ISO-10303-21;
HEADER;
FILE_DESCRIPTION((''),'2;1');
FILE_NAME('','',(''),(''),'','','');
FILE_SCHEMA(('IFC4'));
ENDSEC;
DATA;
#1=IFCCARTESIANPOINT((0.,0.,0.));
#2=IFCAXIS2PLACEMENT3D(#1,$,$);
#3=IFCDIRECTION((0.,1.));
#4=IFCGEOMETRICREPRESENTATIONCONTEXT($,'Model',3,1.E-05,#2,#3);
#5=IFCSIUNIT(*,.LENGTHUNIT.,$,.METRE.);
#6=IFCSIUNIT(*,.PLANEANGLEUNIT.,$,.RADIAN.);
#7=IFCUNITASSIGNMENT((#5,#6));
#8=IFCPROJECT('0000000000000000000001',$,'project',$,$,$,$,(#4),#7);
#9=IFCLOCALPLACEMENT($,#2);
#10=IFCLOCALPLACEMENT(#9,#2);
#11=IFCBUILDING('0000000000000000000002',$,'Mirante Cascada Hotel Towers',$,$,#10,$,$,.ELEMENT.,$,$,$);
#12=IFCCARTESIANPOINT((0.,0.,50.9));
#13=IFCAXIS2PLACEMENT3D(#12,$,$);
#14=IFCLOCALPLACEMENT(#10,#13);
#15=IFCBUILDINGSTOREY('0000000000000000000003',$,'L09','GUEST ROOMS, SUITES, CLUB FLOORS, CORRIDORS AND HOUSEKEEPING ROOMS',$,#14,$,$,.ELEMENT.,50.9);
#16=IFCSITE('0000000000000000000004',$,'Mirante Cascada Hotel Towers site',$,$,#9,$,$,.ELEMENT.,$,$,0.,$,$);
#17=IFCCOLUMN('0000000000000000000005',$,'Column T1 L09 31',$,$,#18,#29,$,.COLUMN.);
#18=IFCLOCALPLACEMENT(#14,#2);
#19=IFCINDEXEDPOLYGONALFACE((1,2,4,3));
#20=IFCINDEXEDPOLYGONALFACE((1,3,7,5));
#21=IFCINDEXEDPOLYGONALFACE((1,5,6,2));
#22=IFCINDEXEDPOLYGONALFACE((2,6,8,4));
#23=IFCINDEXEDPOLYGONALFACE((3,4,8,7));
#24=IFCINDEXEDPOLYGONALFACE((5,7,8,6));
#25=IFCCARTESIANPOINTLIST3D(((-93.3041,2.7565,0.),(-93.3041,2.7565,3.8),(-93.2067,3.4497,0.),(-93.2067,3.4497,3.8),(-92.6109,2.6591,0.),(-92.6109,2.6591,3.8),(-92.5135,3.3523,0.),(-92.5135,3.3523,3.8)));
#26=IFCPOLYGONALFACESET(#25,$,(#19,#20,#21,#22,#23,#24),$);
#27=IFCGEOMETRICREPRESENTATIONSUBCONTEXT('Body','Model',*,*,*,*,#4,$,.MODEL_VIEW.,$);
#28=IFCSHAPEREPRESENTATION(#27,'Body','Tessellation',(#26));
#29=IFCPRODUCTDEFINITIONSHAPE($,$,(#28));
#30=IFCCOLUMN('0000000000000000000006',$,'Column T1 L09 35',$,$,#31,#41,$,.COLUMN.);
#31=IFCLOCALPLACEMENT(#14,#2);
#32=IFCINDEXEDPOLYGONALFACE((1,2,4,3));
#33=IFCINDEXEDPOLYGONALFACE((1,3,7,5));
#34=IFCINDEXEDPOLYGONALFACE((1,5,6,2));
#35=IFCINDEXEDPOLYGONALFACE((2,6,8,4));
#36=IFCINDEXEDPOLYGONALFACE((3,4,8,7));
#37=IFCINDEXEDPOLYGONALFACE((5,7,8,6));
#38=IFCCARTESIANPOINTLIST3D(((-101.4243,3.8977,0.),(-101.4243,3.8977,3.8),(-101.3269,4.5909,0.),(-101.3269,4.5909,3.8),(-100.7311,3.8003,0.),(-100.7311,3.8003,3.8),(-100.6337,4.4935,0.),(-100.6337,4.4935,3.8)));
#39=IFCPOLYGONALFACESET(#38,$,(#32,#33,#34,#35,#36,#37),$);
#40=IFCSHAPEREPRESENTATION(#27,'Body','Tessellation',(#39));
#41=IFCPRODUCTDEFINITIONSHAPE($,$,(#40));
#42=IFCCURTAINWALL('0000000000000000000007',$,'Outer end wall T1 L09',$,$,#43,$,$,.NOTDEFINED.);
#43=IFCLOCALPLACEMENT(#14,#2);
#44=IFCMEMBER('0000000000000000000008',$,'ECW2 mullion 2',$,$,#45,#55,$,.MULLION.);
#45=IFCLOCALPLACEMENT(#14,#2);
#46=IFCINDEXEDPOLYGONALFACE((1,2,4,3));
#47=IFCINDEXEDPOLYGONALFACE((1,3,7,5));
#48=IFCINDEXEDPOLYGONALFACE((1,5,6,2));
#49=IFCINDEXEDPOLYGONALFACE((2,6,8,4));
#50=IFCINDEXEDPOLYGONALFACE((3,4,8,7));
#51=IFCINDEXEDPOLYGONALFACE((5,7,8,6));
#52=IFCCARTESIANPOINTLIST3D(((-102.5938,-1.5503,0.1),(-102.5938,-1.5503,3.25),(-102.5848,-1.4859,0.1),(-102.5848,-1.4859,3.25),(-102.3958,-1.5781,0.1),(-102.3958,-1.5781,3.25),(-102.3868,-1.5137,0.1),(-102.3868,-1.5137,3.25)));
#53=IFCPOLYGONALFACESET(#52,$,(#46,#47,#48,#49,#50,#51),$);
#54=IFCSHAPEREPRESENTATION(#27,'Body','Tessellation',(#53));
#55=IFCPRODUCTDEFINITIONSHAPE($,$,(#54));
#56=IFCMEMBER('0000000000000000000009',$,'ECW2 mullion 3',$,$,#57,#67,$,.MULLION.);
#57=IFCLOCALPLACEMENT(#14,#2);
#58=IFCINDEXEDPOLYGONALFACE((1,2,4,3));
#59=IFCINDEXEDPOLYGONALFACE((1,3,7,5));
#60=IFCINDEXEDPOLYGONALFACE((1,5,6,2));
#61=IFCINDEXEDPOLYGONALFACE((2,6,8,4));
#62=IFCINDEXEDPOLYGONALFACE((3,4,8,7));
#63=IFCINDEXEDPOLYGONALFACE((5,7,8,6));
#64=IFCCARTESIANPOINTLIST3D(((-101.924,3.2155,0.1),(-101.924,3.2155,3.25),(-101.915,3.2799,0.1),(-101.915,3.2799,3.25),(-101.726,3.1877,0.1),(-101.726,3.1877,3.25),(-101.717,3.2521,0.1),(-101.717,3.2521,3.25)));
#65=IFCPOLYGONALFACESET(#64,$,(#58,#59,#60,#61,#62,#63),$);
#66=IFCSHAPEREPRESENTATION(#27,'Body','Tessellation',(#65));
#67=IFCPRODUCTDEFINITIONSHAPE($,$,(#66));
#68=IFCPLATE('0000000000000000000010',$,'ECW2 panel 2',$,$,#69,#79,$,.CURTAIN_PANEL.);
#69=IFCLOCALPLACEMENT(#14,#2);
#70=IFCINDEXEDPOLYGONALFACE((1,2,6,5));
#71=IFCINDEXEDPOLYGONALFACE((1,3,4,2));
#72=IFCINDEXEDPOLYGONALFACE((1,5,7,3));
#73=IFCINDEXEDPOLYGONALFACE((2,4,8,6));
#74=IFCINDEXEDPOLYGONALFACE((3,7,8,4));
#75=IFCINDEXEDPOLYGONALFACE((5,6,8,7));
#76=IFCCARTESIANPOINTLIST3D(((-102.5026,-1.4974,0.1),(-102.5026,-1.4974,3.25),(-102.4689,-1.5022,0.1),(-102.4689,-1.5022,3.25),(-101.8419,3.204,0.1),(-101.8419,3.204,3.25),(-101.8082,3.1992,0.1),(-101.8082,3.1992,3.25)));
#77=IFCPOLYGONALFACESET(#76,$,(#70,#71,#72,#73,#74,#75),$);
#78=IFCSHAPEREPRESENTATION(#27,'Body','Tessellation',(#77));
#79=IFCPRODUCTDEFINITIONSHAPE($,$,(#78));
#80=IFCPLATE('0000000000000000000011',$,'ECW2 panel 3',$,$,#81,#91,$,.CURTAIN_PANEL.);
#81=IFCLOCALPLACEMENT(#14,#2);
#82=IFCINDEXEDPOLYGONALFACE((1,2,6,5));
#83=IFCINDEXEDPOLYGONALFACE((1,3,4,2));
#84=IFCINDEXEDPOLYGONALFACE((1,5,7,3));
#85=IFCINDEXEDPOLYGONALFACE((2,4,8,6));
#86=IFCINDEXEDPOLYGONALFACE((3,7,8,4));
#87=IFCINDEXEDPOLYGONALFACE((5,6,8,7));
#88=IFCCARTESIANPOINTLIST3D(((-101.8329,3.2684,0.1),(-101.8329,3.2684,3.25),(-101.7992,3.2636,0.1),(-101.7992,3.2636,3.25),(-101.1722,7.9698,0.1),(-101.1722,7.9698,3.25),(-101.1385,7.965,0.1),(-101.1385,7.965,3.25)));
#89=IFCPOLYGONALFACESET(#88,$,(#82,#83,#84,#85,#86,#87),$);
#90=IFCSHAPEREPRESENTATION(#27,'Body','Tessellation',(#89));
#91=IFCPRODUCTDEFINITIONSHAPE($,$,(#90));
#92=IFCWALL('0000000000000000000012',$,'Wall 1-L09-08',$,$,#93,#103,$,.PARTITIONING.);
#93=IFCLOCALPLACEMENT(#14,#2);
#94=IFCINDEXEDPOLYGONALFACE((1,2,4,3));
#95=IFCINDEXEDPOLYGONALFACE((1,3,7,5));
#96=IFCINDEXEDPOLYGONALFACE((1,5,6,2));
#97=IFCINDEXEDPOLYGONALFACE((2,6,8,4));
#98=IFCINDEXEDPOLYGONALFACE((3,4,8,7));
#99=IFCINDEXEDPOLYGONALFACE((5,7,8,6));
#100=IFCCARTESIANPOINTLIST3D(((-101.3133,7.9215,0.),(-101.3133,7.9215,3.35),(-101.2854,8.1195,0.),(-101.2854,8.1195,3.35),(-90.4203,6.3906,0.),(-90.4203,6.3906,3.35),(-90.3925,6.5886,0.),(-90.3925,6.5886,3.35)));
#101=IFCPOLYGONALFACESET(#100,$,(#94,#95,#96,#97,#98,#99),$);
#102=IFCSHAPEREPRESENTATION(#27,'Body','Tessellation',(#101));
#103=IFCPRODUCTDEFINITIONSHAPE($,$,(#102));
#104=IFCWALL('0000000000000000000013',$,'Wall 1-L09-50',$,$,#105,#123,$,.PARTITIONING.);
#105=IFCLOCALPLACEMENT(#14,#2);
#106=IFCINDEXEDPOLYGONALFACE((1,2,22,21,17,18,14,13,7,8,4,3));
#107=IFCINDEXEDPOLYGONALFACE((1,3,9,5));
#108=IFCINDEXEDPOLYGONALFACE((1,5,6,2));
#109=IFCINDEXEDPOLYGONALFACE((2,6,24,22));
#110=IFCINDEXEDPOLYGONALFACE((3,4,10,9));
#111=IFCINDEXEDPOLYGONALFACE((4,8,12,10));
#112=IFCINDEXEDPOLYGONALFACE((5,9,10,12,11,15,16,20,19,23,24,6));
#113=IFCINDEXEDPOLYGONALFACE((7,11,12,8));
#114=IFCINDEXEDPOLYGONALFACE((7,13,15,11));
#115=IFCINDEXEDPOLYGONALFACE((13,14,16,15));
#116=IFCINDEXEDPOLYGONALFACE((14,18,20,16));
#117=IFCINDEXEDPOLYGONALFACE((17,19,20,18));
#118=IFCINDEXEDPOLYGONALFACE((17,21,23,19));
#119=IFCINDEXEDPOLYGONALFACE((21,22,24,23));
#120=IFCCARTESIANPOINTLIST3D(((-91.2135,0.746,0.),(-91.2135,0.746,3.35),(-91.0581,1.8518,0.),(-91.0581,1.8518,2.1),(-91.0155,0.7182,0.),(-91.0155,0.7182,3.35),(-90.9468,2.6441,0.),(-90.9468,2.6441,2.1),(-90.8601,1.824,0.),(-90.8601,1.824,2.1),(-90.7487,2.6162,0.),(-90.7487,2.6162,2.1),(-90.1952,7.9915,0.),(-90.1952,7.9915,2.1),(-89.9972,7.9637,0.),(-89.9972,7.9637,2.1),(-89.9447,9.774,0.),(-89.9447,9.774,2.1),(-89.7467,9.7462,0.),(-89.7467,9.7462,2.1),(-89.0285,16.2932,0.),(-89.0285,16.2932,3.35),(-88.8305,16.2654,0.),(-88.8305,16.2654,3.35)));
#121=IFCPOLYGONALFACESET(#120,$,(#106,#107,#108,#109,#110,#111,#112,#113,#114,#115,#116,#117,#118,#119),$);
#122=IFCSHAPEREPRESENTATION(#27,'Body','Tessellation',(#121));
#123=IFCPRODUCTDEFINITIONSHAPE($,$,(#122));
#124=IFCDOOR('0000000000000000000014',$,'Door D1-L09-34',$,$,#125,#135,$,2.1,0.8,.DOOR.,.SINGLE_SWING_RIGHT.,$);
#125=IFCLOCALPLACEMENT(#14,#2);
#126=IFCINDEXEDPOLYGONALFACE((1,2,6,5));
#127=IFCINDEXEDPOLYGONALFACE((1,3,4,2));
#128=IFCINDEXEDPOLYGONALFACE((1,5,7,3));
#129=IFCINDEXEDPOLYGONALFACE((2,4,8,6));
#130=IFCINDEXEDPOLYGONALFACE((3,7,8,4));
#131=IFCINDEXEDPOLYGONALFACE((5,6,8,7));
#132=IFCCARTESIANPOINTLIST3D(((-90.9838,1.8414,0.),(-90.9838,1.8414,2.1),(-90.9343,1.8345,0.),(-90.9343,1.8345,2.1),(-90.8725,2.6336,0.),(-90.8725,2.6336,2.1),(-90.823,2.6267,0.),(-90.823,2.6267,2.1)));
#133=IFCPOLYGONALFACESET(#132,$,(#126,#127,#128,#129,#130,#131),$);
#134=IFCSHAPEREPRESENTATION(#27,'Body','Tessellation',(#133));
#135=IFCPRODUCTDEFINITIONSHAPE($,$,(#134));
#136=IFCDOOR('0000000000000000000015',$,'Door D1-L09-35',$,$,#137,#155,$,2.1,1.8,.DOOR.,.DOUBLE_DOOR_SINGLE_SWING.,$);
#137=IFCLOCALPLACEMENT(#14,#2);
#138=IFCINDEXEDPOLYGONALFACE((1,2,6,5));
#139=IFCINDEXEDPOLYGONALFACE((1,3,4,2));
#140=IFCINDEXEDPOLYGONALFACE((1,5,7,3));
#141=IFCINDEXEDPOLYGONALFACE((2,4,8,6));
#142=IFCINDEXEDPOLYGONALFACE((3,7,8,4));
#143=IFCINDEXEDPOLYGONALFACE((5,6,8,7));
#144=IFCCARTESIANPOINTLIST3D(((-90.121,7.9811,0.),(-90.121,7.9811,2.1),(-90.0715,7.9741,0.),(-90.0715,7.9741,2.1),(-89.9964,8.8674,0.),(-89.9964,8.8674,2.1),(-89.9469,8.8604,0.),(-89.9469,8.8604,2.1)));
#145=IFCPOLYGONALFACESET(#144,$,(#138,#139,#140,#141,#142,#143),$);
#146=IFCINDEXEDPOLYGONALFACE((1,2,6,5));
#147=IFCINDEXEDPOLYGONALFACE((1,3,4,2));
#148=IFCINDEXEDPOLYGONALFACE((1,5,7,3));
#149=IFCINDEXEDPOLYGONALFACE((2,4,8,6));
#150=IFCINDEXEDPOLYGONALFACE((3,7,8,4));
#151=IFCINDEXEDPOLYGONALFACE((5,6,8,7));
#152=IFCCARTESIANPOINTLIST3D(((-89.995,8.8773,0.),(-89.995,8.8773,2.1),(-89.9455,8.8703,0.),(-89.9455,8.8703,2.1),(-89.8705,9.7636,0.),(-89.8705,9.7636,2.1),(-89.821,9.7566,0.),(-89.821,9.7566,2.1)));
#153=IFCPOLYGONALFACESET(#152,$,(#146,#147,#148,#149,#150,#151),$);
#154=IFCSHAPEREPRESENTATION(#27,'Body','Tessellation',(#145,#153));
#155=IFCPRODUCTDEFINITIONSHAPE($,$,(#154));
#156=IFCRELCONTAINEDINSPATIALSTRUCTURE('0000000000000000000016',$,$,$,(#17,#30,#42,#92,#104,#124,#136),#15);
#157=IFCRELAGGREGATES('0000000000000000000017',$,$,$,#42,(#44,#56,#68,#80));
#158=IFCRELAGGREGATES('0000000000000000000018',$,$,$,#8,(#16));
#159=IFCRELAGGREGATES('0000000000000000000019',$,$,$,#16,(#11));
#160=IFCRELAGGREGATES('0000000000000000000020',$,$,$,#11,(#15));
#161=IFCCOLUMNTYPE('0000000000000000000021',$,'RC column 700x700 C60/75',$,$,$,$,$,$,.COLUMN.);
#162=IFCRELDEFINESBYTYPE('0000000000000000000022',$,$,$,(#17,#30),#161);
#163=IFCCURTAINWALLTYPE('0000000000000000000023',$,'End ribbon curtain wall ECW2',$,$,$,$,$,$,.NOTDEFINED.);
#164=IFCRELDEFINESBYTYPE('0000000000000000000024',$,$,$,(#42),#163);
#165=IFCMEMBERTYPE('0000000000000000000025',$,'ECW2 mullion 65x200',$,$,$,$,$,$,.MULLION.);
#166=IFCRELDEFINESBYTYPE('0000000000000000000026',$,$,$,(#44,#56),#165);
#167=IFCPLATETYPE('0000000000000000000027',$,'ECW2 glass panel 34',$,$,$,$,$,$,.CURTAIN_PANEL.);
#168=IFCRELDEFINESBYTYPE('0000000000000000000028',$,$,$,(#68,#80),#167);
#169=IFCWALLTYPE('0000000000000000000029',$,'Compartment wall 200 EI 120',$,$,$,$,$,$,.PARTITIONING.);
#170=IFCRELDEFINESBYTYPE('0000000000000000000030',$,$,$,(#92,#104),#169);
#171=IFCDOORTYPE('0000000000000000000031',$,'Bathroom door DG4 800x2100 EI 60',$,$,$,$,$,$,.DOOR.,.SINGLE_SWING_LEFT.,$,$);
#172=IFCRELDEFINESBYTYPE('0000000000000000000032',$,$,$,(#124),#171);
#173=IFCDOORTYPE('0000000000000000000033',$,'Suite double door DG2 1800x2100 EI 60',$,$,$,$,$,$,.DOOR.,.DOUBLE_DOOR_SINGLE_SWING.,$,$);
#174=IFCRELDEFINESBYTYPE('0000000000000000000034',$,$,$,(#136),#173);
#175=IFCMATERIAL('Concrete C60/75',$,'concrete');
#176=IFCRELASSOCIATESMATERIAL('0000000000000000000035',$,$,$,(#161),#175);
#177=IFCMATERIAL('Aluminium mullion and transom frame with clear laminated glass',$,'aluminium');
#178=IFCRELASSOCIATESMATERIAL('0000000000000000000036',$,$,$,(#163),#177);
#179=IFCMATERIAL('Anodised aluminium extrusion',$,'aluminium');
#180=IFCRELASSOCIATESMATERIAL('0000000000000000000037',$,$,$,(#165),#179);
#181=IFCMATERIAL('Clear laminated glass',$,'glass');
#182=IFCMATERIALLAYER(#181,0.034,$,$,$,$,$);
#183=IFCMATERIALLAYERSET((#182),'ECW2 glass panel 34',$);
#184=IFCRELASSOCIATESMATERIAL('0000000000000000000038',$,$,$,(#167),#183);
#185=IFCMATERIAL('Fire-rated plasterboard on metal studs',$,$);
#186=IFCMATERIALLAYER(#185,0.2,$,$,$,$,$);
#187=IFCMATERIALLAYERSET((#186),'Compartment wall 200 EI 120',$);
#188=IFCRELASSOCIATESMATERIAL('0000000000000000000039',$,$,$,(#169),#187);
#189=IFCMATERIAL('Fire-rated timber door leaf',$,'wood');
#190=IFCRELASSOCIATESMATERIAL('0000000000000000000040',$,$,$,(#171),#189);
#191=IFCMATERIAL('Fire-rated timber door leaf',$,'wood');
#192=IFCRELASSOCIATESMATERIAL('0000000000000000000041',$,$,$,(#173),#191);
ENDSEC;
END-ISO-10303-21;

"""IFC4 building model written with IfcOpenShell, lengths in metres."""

from ifc_helpers import new_model, si_unit, direction, frame, frame_2d, origin, origin_2d, place, context, subcontext, project, spatial, rectangle, extrude, material, layer, layer_set, material_profile, profile_set, type_object, element, fill, aggregate, save


model = new_model("IFC4")

# Units and contexts
model_context = context("Model", 3, precision=1e-05, world=origin(), true_north=direction((0.0, 1.0)))
body_context = subcontext(model_context, "Body", "Model", "MODEL_VIEW")
ifc_project = project(units=[si_unit("LENGTHUNIT", "METRE"), si_unit("PLANEANGLEUNIT", "RADIAN")], contexts=[model_context])

# Site, building, storey
site_placement = place(None, origin())
site = spatial("IfcSite", under=ifc_project, at=site_placement, Name="Mirante Cascada Hotel Towers site", CompositionType="ELEMENT", RefElevation=0.0)
building_placement = place(site_placement, origin())
building = spatial("IfcBuilding", under=site, at=building_placement, Name="Mirante Cascada Hotel Towers", CompositionType="ELEMENT")
storey_placement = place(building_placement, frame((0.0, 0.0, 50.9)))
storey = spatial("IfcBuildingStorey", under=building, at=storey_placement, Name="L09", Description="GUEST ROOMS, SUITES, CLUB FLOORS, CORRIDORS AND HOUSEKEEPING ROOMS", CompositionType="ELEMENT", Elevation=50.9)

# Columns
ifc_material_1 = material(Name="Concrete C60/75", Category="concrete")
ifc_material_profile_1 = material_profile(ifc_material_1, rectangle(XDim=0.7, YDim=0.7, at=origin_2d()), Name="RC column 700x700 C60/75")
ifc_profile_set_1 = profile_set([ifc_material_profile_1], Name="Concrete C60/75")
column_type = type_object("IfcColumnType", Name="RC column 700x700 C60/75", PredefinedType="COLUMN", material=ifc_profile_set_1)
for number, where, z_axis, x_axis, name in (
    (1, (-92.9088, 3.0544, 0.0), (0.0, 0.0, 1.0), (-0.990268, 0.139173, 0.0), "Column T1 L09 31"),
    (2, (-101.029, 4.1956, 0.0), (0.0, 0.0, 1.0), (-0.990268, 0.139173, 0.0), "Column T1 L09 35"),
):
    element("IfcColumn", number, at=place(storey_placement, frame(where, z_axis=z_axis, x_axis=x_axis)), inside=storey, type_object=column_type, Name=name, PredefinedType="COLUMN", context=body_context, shape_type="SweptSolid", body=[
        extrude(rectangle(XDim=0.7, YDim=0.7, at=origin_2d()), origin(), (0.0, 0.0, 1.0), 3.8),
    ])

# Curtain wall, members, plates
ifc_material_2 = material(Name="Aluminium mullion and transom frame with clear laminated glass", Category="aluminium")
curtain_wall_type = type_object("IfcCurtainWallType", Name="End ribbon curtain wall ECW2", PredefinedType="NOTDEFINED", material=ifc_material_2)
curtain_wall_placement = place(storey_placement, origin())
curtain_wall = element("IfcCurtainWall", 3, at=curtain_wall_placement, inside=storey, type_object=curtain_wall_type, Name="Outer end wall T1 L09", PredefinedType="NOTDEFINED")
ifc_material_3 = material(Name="Anodised aluminium extrusion", Category="aluminium")
ifc_material_profile_2 = material_profile(ifc_material_3, rectangle(XDim=0.2, YDim=0.065, at=origin_2d()), Name="ECW2 MULLION 65x200")
ifc_profile_set_2 = profile_set([ifc_material_profile_2], Name="Anodised aluminium extrusion")
member_type = type_object("IfcMemberType", Name="ECW2 mullion 65x200", PredefinedType="MULLION", material=ifc_profile_set_2)
member_1_placement = place(storey_placement, frame((-102.4903, -1.532, 0.1), z_axis=(0.0, 0.0, 1.0), x_axis=(-0.990268, 0.139173, 0.0)))
member_1 = element("IfcMember", 4, at=member_1_placement, type_object=member_type, Name="ECW2 mullion 2", PredefinedType="MULLION", context=body_context, shape_type="SweptSolid", body=[
    extrude(rectangle(XDim=0.2, YDim=0.065, at=origin_2d()), origin(), (0.0, 0.0, 1.0), 3.15),
])
member_2_placement = place(storey_placement, frame((-101.8205, 3.2338, 0.1), z_axis=(0.0, 0.0, 1.0), x_axis=(-0.990268, 0.139173, 0.0)))
member_2 = element("IfcMember", 5, at=member_2_placement, type_object=member_type, Name="ECW2 mullion 3", PredefinedType="MULLION", context=body_context, shape_type="SweptSolid", body=[
    extrude(rectangle(XDim=0.2, YDim=0.065, at=origin_2d()), origin(), (0.0, 0.0, 1.0), 3.15),
])
ifc_material_4 = material(Name="Clear laminated glass", Category="glass")
ifc_layer_1 = layer(ifc_material_4, 0.034)
ifc_layer_set_1 = layer_set([ifc_layer_1], Name="ECW2 glass panel 34")
plate_type = type_object("IfcPlateType", Name="ECW2 glass panel 34", PredefinedType="CURTAIN_PANEL", material=ifc_layer_set_1)
plate_1_placement = place(storey_placement, frame((-102.1554, 0.8509, 0.1), z_axis=(0.0, 0.0, 1.0), x_axis=(0.139173, 0.990268, 0.0)))
plate_1 = element("IfcPlate", 6, at=plate_1_placement, type_object=plate_type, Name="ECW2 panel 2", PredefinedType="CURTAIN_PANEL", context=body_context, shape_type="SweptSolid", body=[
    extrude(rectangle(XDim=4.7476, YDim=0.034, at=origin_2d()), origin(), (0.0, 0.0, 1.0), 3.15),
])
plate_2_placement = place(storey_placement, frame((-101.4857, 5.6167, 0.1), z_axis=(0.0, 0.0, 1.0), x_axis=(0.139173, 0.990268, 0.0)))
plate_2 = element("IfcPlate", 7, at=plate_2_placement, type_object=plate_type, Name="ECW2 panel 3", PredefinedType="CURTAIN_PANEL", context=body_context, shape_type="SweptSolid", body=[
    extrude(rectangle(XDim=4.7476, YDim=0.034, at=origin_2d()), origin(), (0.0, 0.0, 1.0), 3.15),
])
aggregate(curtain_wall, [member_1, member_2, plate_1, plate_2])

# Wall
ifc_material_5 = material(Name="Fire-rated plasterboard on metal studs")
ifc_layer_2 = layer(ifc_material_5, 0.2)
ifc_layer_set_2 = layer_set([ifc_layer_2], Name="Compartment wall 200 EI 120")
wall_type_1 = type_object("IfcWallType", Name="Compartment wall 200 EI 120", PredefinedType="PARTITIONING", material=ifc_layer_set_2)
wall_1_placement = place(storey_placement, frame((-90.4064, 6.4896, 0.0), z_axis=(0.0, 0.0, 1.0), x_axis=(-0.990268, 0.139173, 0.0)))
element("IfcWall", 8, at=wall_1_placement, inside=storey, type_object=wall_type_1, Name="Wall 1-L09-08", PredefinedType="PARTITIONING", context=body_context, shape_type="SweptSolid", body=[
    extrude(rectangle(XDim=11.0, YDim=0.2, at=frame_2d((5.5, 0.0))), origin(), (0.0, 0.0, 1.0), 3.35),
])

# Wall, openings, doors
wall_2_placement = place(storey_placement, frame((-91.1145, 0.7321, 0.0), z_axis=(0.0, 0.0, 1.0), x_axis=(0.139172, 0.990268, 0.0)))
wall_2 = element("IfcWall", 9, at=wall_2_placement, inside=storey, type_object=wall_type_1, Name="Wall 1-L09-50", PredefinedType="PARTITIONING", context=body_context, shape_type="SweptSolid", body=[
    extrude(rectangle(XDim=15.7, YDim=0.2, at=frame_2d((7.85, 0.0))), origin(), (0.0, 0.0, 1.0), 3.35),
])
opening_1_placement = place(wall_2_placement, frame((1.1167, 0.0, 0.0)))
opening_1 = element("IfcOpeningElement", 10, at=opening_1_placement, cuts=wall_2, PredefinedType="OPENING", context=body_context, shape_type="SweptSolid", body=[
    extrude(rectangle(XDim=0.8, YDim=2.1, at=frame_2d((0.4, 1.05))), frame((0.0, 0.1, 0.0), z_axis=(0.0, -1.0, 0.0), x_axis=(1.0, 0.0, 0.0)), (0.0, 0.0, 1.0), 0.2),
])
opening_2_placement = place(wall_2_placement, frame((7.3167, 0.0, 0.0)))
opening_2 = element("IfcOpeningElement", 11, at=opening_2_placement, cuts=wall_2, PredefinedType="OPENING", context=body_context, shape_type="SweptSolid", body=[
    extrude(rectangle(XDim=1.8, YDim=2.1, at=frame_2d((0.9, 1.05))), frame((0.0, 0.1, 0.0), z_axis=(0.0, -1.0, 0.0), x_axis=(1.0, 0.0, 0.0)), (0.0, 0.0, 1.0), 0.2),
])
ifc_material_6 = material(Name="Fire-rated timber door leaf", Category="wood")
door_type_1 = type_object("IfcDoorType", Name="Bathroom door DG4 800x2100 EI 60", OperationType="SINGLE_SWING_LEFT", PredefinedType="DOOR", material=ifc_material_6)
door_1_placement = place(opening_1_placement, frame((0.8, 0.0, 0.0), z_axis=(0.0, 0.0, 1.0), x_axis=(-1.0, 0.0, 0.0)))
door_1 = element("IfcDoor", 12, at=door_1_placement, inside=storey, type_object=door_type_1, Name="Door D1-L09-34", OperationType="SINGLE_SWING_RIGHT", OverallHeight=2.1, OverallWidth=0.8, PredefinedType="DOOR", context=body_context, shape_type="SweptSolid", body=[
    extrude(rectangle(XDim=0.8, YDim=2.1, at=frame_2d((0.4, 1.05))), frame((0.0, 0.025, 0.0), z_axis=(0.0, -1.0, 0.0), x_axis=(1.0, 0.0, 0.0)), (0.0, 0.0, 1.0), 0.05),
])
fill(opening_1, door_1)
ifc_material_7 = material(Name="Fire-rated timber door leaf", Category="wood")
door_type_2 = type_object("IfcDoorType", Name="Suite double door DG2 1800x2100 EI 60", OperationType="DOUBLE_DOOR_SINGLE_SWING", PredefinedType="DOOR", material=ifc_material_7)
door_2_placement = place(opening_2_placement, origin())
door_2 = element("IfcDoor", 13, at=door_2_placement, inside=storey, type_object=door_type_2, Name="Door D1-L09-35", OperationType="DOUBLE_DOOR_SINGLE_SWING", OverallHeight=2.1, OverallWidth=1.8, PredefinedType="DOOR", context=body_context, shape_type="SweptSolid", body=[
    extrude(rectangle(XDim=0.895, YDim=2.1, at=frame_2d((0.4475, 1.05))), frame((0.0, 0.025, 0.0), z_axis=(0.0, -1.0, 0.0), x_axis=(1.0, 0.0, 0.0)), (0.0, 0.0, 1.0), 0.05),
    extrude(rectangle(XDim=0.895, YDim=2.1, at=frame_2d((1.3525, 1.05))), frame((0.0, 0.025, 0.0), z_axis=(0.0, -1.0, 0.0), x_axis=(1.0, 0.0, 0.0)), (0.0, 0.0, 1.0), 0.05),
])
fill(opening_2, door_2)

save(model, "model.ifc")
